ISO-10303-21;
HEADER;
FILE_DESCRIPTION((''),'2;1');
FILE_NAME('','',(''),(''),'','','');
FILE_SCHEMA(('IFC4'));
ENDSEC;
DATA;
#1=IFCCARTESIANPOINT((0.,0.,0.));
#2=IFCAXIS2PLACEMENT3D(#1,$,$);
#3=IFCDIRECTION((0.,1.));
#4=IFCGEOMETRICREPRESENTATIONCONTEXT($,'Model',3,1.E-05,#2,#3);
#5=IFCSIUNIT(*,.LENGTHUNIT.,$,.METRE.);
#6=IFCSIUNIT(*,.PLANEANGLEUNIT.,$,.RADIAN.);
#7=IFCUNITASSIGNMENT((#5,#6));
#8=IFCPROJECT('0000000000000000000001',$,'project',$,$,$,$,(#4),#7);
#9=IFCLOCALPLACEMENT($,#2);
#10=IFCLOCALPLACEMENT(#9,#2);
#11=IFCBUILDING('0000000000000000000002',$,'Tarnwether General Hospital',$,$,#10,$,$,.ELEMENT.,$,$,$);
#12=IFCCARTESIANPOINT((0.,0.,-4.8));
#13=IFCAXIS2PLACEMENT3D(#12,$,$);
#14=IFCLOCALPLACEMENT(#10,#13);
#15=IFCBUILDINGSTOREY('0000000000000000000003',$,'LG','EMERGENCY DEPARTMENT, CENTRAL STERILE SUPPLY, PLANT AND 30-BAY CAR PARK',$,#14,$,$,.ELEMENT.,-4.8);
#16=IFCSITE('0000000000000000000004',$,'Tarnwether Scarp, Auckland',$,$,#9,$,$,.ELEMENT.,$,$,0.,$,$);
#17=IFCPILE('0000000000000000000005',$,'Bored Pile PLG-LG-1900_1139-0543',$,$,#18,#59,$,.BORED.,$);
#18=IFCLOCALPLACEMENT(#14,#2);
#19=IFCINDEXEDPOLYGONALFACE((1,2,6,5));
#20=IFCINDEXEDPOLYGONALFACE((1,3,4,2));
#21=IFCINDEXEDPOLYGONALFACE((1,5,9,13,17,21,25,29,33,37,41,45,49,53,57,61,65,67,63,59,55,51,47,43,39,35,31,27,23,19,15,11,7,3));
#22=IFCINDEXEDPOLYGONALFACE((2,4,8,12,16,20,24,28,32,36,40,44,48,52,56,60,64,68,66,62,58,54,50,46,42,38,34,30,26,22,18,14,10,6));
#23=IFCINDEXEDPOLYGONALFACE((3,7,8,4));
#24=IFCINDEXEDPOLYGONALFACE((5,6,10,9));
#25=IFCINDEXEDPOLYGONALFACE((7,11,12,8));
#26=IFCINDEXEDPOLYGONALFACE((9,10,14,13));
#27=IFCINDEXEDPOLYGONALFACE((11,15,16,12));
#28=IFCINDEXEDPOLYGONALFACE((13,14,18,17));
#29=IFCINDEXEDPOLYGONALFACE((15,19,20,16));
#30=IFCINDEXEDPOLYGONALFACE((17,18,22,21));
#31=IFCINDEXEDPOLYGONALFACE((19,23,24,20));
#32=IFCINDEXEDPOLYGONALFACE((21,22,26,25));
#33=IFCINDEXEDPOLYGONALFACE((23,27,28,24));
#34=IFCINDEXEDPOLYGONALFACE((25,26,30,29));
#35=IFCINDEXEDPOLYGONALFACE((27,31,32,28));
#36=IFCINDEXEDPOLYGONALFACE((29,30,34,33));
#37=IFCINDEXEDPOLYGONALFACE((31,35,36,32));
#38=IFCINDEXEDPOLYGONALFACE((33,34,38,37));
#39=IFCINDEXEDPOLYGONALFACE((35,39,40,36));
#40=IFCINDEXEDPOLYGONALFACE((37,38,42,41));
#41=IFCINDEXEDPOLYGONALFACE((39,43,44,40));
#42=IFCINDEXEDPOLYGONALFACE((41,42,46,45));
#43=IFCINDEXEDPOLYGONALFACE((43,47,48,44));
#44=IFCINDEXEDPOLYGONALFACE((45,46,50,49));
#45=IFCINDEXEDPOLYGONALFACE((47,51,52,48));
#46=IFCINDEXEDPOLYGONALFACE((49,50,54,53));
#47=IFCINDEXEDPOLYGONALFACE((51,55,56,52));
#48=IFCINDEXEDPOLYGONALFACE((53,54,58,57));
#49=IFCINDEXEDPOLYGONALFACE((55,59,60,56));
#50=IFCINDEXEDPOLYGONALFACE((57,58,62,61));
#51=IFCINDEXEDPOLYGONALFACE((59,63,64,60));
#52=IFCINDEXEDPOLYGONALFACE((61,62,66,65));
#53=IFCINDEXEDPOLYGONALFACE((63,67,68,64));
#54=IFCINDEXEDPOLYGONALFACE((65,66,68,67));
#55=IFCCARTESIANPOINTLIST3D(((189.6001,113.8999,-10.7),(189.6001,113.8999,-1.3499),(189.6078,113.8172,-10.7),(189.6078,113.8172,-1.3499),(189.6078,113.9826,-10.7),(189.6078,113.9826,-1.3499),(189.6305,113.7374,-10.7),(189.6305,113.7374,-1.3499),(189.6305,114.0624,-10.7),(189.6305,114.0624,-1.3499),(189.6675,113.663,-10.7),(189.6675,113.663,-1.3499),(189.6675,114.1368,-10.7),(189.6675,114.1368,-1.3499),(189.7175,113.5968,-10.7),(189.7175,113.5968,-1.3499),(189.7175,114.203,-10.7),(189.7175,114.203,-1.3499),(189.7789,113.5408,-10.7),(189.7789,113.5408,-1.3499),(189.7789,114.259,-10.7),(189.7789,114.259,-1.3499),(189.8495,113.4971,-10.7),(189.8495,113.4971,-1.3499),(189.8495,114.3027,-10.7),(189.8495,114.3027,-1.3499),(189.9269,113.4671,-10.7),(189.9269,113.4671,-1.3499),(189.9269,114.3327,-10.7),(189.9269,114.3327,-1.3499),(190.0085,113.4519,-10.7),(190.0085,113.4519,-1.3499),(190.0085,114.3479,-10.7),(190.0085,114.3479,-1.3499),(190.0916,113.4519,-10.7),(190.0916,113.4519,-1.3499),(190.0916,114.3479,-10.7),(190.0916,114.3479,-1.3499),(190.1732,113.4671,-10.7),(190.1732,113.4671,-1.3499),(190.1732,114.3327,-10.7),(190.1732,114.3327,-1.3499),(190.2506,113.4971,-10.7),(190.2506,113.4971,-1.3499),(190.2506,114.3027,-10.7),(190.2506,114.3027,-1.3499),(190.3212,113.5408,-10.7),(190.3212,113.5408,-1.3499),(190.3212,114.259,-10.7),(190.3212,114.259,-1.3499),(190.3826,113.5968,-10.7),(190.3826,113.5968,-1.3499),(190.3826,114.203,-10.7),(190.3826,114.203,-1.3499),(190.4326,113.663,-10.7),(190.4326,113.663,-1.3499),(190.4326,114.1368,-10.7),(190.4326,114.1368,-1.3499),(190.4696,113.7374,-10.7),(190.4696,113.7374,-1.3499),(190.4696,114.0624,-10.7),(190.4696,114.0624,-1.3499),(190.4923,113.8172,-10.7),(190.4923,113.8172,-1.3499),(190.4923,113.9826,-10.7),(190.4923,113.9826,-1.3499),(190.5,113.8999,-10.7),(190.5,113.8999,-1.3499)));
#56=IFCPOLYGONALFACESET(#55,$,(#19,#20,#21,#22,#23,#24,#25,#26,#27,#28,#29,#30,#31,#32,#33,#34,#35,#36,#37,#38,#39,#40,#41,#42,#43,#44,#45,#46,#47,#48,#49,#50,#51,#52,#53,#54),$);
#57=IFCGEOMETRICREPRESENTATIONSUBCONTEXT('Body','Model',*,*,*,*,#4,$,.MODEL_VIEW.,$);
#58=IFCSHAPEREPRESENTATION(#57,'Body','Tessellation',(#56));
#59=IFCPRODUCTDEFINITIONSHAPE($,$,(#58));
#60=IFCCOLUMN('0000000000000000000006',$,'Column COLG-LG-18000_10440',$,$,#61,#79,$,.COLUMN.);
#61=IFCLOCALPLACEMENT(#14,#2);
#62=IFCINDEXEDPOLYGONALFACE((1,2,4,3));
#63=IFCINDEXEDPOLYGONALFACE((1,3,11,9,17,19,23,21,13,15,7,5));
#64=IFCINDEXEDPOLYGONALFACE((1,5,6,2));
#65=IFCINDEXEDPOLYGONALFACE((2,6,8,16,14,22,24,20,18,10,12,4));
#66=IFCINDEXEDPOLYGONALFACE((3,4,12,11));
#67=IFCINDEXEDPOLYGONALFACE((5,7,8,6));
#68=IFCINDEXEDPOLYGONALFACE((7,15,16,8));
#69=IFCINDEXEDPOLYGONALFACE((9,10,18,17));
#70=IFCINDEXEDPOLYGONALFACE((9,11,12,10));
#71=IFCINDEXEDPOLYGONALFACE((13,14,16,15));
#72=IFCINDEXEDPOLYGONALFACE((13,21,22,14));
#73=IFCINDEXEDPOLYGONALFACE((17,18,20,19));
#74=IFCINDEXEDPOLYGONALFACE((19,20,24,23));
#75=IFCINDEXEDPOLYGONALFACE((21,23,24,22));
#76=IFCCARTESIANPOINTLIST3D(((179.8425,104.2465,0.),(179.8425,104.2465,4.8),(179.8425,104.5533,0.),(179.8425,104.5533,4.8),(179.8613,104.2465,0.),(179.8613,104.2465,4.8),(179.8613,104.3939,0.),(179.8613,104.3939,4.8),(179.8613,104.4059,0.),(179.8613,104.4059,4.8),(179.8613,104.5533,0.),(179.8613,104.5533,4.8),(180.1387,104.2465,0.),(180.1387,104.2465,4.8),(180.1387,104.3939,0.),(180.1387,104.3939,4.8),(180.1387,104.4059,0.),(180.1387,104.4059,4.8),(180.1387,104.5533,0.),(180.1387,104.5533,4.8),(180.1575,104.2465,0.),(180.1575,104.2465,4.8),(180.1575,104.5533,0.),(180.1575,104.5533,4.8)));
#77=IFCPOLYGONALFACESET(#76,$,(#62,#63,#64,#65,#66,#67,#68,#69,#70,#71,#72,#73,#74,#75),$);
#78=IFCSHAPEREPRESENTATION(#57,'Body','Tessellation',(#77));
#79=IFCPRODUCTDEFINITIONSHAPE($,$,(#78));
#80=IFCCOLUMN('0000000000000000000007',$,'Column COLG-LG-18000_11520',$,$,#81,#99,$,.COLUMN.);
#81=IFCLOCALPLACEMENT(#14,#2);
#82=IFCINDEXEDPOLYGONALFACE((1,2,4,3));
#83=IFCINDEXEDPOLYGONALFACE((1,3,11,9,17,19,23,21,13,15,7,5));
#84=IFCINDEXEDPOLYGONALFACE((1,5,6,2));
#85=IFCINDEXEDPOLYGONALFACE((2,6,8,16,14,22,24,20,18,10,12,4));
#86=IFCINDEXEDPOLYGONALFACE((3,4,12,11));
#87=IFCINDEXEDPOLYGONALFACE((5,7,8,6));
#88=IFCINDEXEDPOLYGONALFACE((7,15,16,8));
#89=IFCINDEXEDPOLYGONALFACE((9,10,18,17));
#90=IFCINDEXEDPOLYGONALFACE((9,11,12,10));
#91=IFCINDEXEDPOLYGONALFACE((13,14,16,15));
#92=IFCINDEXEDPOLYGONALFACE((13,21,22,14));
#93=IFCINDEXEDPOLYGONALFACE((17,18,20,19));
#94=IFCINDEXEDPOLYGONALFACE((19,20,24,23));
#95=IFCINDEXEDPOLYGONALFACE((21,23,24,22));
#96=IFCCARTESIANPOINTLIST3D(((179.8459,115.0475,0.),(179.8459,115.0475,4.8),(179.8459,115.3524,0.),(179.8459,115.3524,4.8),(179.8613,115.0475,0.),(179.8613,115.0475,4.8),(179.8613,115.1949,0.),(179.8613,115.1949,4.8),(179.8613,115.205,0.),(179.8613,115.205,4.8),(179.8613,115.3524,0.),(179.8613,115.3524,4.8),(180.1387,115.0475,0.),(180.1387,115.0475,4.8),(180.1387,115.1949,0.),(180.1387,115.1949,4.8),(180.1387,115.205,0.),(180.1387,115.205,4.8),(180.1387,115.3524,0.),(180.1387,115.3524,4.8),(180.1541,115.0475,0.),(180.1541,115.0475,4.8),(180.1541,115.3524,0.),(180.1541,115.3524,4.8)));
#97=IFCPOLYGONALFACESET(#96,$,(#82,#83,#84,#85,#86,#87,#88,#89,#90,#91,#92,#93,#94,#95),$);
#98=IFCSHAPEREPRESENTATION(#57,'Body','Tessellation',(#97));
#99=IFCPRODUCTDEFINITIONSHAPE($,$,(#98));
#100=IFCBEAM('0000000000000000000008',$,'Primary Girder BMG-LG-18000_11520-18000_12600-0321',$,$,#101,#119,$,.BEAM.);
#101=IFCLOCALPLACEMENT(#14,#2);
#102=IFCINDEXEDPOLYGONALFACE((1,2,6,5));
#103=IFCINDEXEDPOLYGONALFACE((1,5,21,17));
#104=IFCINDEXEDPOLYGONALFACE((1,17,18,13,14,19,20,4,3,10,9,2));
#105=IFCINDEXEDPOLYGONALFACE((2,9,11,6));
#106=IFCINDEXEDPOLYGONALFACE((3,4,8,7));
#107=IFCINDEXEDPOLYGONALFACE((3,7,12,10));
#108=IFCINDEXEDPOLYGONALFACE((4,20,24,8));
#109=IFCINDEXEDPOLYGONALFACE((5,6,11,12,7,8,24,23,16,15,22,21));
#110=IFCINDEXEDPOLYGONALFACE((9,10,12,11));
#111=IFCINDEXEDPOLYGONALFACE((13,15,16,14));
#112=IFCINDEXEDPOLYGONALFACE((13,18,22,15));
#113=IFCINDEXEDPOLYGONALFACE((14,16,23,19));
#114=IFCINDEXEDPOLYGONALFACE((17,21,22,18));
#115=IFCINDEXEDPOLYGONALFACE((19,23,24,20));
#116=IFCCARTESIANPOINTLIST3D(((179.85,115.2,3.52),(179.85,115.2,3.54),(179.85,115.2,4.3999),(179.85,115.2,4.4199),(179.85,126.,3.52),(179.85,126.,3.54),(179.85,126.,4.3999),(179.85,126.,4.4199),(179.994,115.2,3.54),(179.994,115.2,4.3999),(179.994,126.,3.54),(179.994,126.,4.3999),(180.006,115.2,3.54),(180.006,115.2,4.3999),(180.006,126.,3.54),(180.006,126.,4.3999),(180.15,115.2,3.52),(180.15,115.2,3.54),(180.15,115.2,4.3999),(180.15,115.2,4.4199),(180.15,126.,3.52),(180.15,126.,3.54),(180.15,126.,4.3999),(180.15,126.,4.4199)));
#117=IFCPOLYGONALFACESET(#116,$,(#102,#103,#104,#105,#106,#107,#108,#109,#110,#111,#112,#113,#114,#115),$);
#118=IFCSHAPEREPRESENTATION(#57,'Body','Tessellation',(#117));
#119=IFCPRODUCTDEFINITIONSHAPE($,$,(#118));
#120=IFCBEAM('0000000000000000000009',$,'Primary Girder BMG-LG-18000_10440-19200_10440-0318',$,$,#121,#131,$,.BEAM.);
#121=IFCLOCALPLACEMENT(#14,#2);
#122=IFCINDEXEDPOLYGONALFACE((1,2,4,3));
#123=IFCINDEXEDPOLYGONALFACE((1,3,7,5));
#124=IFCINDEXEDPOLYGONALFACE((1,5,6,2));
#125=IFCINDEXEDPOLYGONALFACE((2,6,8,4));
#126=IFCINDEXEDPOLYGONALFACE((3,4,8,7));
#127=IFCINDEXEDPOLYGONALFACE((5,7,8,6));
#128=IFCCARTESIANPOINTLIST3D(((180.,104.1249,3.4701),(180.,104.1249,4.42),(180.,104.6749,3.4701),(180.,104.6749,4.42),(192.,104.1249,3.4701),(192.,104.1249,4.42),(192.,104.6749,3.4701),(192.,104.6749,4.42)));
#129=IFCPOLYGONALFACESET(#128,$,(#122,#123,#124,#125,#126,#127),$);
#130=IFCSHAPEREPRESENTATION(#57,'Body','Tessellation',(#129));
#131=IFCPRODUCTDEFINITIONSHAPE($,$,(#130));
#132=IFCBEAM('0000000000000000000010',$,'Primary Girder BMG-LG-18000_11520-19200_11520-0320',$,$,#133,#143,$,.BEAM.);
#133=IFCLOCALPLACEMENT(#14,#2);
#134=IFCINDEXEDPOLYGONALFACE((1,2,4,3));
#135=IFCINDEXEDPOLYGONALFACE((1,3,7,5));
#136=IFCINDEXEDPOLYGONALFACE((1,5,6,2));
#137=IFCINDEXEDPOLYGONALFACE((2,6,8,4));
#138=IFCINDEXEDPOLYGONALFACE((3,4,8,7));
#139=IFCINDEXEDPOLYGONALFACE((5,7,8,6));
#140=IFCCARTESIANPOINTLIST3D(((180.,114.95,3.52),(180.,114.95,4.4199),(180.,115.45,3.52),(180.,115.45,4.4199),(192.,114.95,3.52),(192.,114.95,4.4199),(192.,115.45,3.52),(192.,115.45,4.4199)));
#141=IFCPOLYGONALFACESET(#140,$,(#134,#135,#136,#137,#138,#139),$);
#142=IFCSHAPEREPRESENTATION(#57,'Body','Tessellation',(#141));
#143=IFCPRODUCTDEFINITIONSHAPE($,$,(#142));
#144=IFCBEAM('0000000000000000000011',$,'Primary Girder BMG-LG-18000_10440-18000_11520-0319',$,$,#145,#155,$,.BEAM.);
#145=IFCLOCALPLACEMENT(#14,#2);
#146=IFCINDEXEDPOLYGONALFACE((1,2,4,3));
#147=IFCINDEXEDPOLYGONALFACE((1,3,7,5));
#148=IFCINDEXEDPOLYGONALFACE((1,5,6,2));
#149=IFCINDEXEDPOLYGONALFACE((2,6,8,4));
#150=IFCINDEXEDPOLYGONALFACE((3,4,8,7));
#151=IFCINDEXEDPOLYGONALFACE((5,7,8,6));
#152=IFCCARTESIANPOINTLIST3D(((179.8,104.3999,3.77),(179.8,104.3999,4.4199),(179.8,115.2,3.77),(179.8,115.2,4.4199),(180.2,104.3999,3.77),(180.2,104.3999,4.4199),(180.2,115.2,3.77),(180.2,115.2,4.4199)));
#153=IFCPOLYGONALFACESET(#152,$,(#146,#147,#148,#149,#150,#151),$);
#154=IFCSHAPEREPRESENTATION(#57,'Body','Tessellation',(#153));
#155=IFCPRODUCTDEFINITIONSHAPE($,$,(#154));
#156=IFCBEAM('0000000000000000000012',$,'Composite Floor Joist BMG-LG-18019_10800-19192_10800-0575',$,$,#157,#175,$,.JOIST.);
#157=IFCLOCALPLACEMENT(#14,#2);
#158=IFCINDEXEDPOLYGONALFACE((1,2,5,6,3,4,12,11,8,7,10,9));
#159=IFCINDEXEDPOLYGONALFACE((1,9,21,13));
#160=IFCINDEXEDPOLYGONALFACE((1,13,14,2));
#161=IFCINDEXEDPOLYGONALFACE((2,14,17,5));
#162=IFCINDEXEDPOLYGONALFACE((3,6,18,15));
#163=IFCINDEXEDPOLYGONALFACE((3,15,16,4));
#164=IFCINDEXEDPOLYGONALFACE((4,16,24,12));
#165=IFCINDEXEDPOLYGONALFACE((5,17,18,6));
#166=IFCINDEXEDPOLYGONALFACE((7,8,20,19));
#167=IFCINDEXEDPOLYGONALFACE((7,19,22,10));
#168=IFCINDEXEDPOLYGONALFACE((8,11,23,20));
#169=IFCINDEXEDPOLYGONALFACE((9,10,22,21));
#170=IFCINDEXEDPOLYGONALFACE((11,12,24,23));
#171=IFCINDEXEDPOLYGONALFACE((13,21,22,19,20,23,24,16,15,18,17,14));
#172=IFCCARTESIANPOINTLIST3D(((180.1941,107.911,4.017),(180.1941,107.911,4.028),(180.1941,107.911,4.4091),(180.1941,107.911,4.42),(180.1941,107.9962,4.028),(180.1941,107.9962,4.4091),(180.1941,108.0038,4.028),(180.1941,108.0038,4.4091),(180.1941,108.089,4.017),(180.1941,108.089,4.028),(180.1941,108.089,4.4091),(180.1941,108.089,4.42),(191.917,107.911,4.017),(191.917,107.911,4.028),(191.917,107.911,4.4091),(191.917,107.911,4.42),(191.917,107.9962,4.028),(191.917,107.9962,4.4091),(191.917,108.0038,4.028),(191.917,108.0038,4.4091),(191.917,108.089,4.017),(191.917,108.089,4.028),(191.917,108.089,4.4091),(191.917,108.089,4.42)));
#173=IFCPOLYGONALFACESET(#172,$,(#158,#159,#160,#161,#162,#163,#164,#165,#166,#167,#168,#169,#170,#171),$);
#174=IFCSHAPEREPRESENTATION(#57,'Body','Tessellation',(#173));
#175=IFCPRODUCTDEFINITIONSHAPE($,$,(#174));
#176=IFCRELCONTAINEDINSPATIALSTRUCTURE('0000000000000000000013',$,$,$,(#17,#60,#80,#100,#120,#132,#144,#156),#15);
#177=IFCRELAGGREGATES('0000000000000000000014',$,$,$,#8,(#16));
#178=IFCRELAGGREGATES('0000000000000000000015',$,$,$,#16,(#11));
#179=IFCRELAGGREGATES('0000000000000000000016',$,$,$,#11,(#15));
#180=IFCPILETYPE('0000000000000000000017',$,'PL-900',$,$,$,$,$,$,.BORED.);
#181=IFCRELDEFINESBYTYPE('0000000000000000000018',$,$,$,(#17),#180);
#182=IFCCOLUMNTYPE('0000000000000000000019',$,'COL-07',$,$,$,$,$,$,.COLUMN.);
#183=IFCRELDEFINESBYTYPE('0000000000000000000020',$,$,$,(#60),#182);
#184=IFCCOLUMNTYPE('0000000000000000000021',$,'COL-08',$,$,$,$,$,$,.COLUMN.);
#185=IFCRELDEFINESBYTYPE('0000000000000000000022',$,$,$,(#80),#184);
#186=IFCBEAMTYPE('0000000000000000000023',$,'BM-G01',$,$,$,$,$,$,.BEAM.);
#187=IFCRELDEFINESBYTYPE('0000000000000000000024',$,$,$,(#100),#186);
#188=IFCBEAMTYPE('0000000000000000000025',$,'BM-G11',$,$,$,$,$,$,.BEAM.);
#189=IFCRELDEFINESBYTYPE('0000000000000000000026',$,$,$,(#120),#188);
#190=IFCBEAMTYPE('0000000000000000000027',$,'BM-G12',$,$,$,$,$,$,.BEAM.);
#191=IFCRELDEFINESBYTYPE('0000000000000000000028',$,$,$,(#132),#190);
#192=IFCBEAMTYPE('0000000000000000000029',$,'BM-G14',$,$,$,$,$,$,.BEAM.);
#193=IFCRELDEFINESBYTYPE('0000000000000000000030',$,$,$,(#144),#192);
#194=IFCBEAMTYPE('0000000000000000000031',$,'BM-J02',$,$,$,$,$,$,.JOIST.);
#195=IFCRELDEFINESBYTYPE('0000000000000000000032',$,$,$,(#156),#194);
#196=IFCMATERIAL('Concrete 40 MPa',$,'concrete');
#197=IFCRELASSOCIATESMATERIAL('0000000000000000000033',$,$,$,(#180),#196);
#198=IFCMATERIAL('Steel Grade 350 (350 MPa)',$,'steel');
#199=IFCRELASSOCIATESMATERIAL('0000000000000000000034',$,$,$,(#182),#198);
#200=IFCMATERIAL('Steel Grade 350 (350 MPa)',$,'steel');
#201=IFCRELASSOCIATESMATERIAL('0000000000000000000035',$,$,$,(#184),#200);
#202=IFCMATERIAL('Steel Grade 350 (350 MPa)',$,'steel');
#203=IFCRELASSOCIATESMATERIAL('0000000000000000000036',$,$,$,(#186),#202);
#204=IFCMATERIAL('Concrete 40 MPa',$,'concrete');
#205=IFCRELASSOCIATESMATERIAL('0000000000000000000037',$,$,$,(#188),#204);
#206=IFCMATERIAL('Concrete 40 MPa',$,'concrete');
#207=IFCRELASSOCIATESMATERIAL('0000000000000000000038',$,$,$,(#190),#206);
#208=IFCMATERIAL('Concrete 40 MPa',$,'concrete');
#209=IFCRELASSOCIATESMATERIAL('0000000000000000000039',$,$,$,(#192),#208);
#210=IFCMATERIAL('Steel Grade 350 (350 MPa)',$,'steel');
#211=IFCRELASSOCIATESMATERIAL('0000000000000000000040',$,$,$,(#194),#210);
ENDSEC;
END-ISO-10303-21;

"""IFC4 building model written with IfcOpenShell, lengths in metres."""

from ifc_helpers import new_model, si_unit, direction, frame, origin, origin_2d, place, context, subcontext, project, spatial, rectangle, circle, i_section, extrude, material, material_profile, profile_set, type_object, element, save


model = new_model("IFC4")

# Units and contexts
model_context = context("Model", 3, precision=1e-05, world=origin(), true_north=direction((0.0, 1.0)))
body_context = subcontext(model_context, "Body", "Model", "MODEL_VIEW")
ifc_project = project(units=[si_unit("LENGTHUNIT", "METRE"), si_unit("PLANEANGLEUNIT", "RADIAN")], contexts=[model_context])

# Site, building, storey
site_placement = place(None, origin())
site = spatial("IfcSite", under=ifc_project, at=site_placement, Name="Tarnwether Scarp, Auckland", CompositionType="ELEMENT", RefElevation=0.0)
building_placement = place(site_placement, origin())
building = spatial("IfcBuilding", under=site, at=building_placement, Name="Tarnwether General Hospital", CompositionType="ELEMENT")
storey_placement = place(building_placement, frame((0.0, 0.0, -4.8)))
storey = spatial("IfcBuildingStorey", under=building, at=storey_placement, Name="LG", Description="EMERGENCY DEPARTMENT, CENTRAL STERILE SUPPLY, PLANT AND 30-BAY CAR PARK", CompositionType="ELEMENT", Elevation=-4.8)

# Pile
ifc_material_1 = material(Name="Concrete 40 MPa", Category="concrete")
ifc_material_profile_1 = material_profile(ifc_material_1, circle(Radius=0.45, at=origin_2d()), Name="PILE-D900")
ifc_profile_set_1 = profile_set([ifc_material_profile_1], Name="Concrete 40 MPa")
pile_type_1 = type_object("IfcPileType", Name="PL-900", PredefinedType="BORED", material=ifc_profile_set_1)
pile_1_placement = place(storey_placement, frame((190.05, 113.8999, -1.3499), z_axis=(0.0, 0.0, -1.0), x_axis=(1.0, 0.0, 0.0)))
element("IfcPile", 1, at=pile_1_placement, inside=storey, type_object=pile_type_1, Name="Bored Pile PLG-LG-1900_1139-0543", PredefinedType="BORED", context=body_context, shape_type="SweptSolid", body=[
    extrude(circle(Radius=0.45, at=origin_2d()), origin(), (0.0, 0.0, 1.0), 9.3501),
])

# Columns
ifc_material_2 = material(Name="Steel Grade 350 (350 MPa)", Category="steel")
ifc_material_profile_2 = material_profile(ifc_material_2, i_section(OverallWidth=0.3069, OverallDepth=0.3149, WebThickness=0.012, FlangeThickness=0.0188, at=origin_2d()), Name="310UC118")
ifc_profile_set_2 = profile_set([ifc_material_profile_2], Name="Steel Grade 350 (350 MPa)")
column_type_1 = type_object("IfcColumnType", Name="COL-07", PredefinedType="COLUMN", material=ifc_profile_set_2)
column_1_placement = place(storey_placement, frame((180.0, 104.3999, 0.0), z_axis=(0.0, 0.0, 1.0), x_axis=(0.0, 1.0, 0.0)))
element("IfcColumn", 2, at=column_1_placement, inside=storey, type_object=column_type_1, Name="Column COLG-LG-18000_10440", PredefinedType="COLUMN", context=body_context, shape_type="SweptSolid", body=[
    extrude(i_section(OverallWidth=0.3069, OverallDepth=0.3149, WebThickness=0.012, FlangeThickness=0.0188, at=origin_2d()), origin(), (0.0, 0.0, 1.0), 4.8),
])
ifc_material_3 = material(Name="Steel Grade 350 (350 MPa)", Category="steel")
ifc_material_profile_3 = material_profile(ifc_material_3, i_section(OverallWidth=0.3049, OverallDepth=0.3081, WebThickness=0.01, FlangeThickness=0.0154, at=origin_2d()), Name="310UC96.8")
ifc_profile_set_3 = profile_set([ifc_material_profile_3], Name="Steel Grade 350 (350 MPa)")
column_type_2 = type_object("IfcColumnType", Name="COL-08", PredefinedType="COLUMN", material=ifc_profile_set_3)
column_2_placement = place(storey_placement, frame((180.0, 115.2, 0.0), z_axis=(0.0, 0.0, 1.0), x_axis=(0.0, 1.0, 0.0)))
element("IfcColumn", 3, at=column_2_placement, inside=storey, type_object=column_type_2, Name="Column COLG-LG-18000_11520", PredefinedType="COLUMN", context=body_context, shape_type="SweptSolid", body=[
    extrude(i_section(OverallWidth=0.3049, OverallDepth=0.3081, WebThickness=0.01, FlangeThickness=0.0154, at=origin_2d()), origin(), (0.0, 0.0, 1.0), 4.8),
])

# Beams
ifc_material_4 = material(Name="Steel Grade 350 (350 MPa)", Category="steel")
ifc_material_profile_4 = material_profile(ifc_material_4, i_section(OverallWidth=0.3, OverallDepth=0.8999, WebThickness=0.012, FlangeThickness=0.02, at=origin_2d()), Name="900WB175")
ifc_profile_set_4 = profile_set([ifc_material_profile_4], Name="Steel Grade 350 (350 MPa)")
beam_type_1 = type_object("IfcBeamType", Name="BM-G01", PredefinedType="BEAM", material=ifc_profile_set_4)
beam_1_placement = place(storey_placement, frame((180.0, 115.2, 3.97), z_axis=(0.0, 1.0, 0.0), x_axis=(-1.0, 0.0, 0.0)))
element("IfcBeam", 4, at=beam_1_placement, inside=storey, type_object=beam_type_1, Name="Primary Girder BMG-LG-18000_11520-18000_12600-0321", PredefinedType="BEAM", context=body_context, shape_type="SweptSolid", body=[
    extrude(i_section(OverallWidth=0.3, OverallDepth=0.8999, WebThickness=0.012, FlangeThickness=0.02, at=origin_2d()), origin(), (0.0, 0.0, 1.0), 10.8),
])
ifc_material_5 = material(Name="Concrete 40 MPa", Category="concrete")
ifc_material_profile_5 = material_profile(ifc_material_5, rectangle(XDim=0.55, YDim=0.95, at=origin_2d()), Name="RC-BM-550x950")
ifc_profile_set_5 = profile_set([ifc_material_profile_5], Name="Concrete 40 MPa")
beam_type_2 = type_object("IfcBeamType", Name="BM-G11", PredefinedType="BEAM", material=ifc_profile_set_5)
beam_2_placement = place(storey_placement, frame((180.0, 104.3999, 3.9451), z_axis=(1.0, 0.0, 0.0), x_axis=(0.0, 1.0, 0.0)))
element("IfcBeam", 5, at=beam_2_placement, inside=storey, type_object=beam_type_2, Name="Primary Girder BMG-LG-18000_10440-19200_10440-0318", PredefinedType="BEAM", context=body_context, shape_type="SweptSolid", body=[
    extrude(rectangle(XDim=0.55, YDim=0.95, at=origin_2d()), origin(), (0.0, 0.0, 1.0), 12.0),
])
ifc_material_6 = material(Name="Concrete 40 MPa", Category="concrete")
ifc_material_profile_6 = material_profile(ifc_material_6, rectangle(XDim=0.5, YDim=0.8999, at=origin_2d()), Name="RC-BM-500x900")
ifc_profile_set_6 = profile_set([ifc_material_profile_6], Name="Concrete 40 MPa")
beam_type_3 = type_object("IfcBeamType", Name="BM-G12", PredefinedType="BEAM", material=ifc_profile_set_6)
beam_3_placement = place(storey_placement, frame((180.0, 115.2, 3.97), z_axis=(1.0, 0.0, 0.0), x_axis=(0.0, 1.0, 0.0)))
element("IfcBeam", 6, at=beam_3_placement, inside=storey, type_object=beam_type_3, Name="Primary Girder BMG-LG-18000_11520-19200_11520-0320", PredefinedType="BEAM", context=body_context, shape_type="SweptSolid", body=[
    extrude(rectangle(XDim=0.5, YDim=0.8999, at=origin_2d()), origin(), (0.0, 0.0, 1.0), 12.0),
])
ifc_material_7 = material(Name="Concrete 40 MPa", Category="concrete")
ifc_material_profile_7 = material_profile(ifc_material_7, rectangle(XDim=0.3999, YDim=0.6499, at=origin_2d()), Name="RC-BM-400x650")
ifc_profile_set_7 = profile_set([ifc_material_profile_7], Name="Concrete 40 MPa")
beam_type_4 = type_object("IfcBeamType", Name="BM-G14", PredefinedType="BEAM", material=ifc_profile_set_7)
beam_4_placement = place(storey_placement, frame((180.0, 104.3999, 4.095), z_axis=(0.0, 1.0, 0.0), x_axis=(-1.0, 0.0, 0.0)))
element("IfcBeam", 7, at=beam_4_placement, inside=storey, type_object=beam_type_4, Name="Primary Girder BMG-LG-18000_10440-18000_11520-0319", PredefinedType="BEAM", context=body_context, shape_type="SweptSolid", body=[
    extrude(rectangle(XDim=0.3999, YDim=0.6499, at=origin_2d()), origin(), (0.0, 0.0, 1.0), 10.8),
])
ifc_material_8 = material(Name="Steel Grade 350 (350 MPa)", Category="steel")
ifc_material_profile_8 = material_profile(ifc_material_8, i_section(OverallWidth=0.178, OverallDepth=0.4031, WebThickness=0.0076, FlangeThickness=0.011, at=origin_2d()), Name="410UB53.7")
ifc_profile_set_8 = profile_set([ifc_material_profile_8], Name="Steel Grade 350 (350 MPa)")
beam_type_5 = type_object("IfcBeamType", Name="BM-J02", PredefinedType="JOIST", material=ifc_profile_set_8)
beam_5_placement = place(storey_placement, frame((180.1941, 108.0, 4.2185), z_axis=(1.0, 0.0, 0.0), x_axis=(0.0, 1.0, 0.0)))
element("IfcBeam", 8, at=beam_5_placement, inside=storey, type_object=beam_type_5, Name="Composite Floor Joist BMG-LG-18019_10800-19192_10800-0575", PredefinedType="JOIST", context=body_context, shape_type="SweptSolid", body=[
    extrude(i_section(OverallWidth=0.178, OverallDepth=0.4031, WebThickness=0.0076, FlangeThickness=0.011, at=origin_2d()), origin(), (0.0, 0.0, 1.0), 11.7229),
])

save(model, "model.ifc")
